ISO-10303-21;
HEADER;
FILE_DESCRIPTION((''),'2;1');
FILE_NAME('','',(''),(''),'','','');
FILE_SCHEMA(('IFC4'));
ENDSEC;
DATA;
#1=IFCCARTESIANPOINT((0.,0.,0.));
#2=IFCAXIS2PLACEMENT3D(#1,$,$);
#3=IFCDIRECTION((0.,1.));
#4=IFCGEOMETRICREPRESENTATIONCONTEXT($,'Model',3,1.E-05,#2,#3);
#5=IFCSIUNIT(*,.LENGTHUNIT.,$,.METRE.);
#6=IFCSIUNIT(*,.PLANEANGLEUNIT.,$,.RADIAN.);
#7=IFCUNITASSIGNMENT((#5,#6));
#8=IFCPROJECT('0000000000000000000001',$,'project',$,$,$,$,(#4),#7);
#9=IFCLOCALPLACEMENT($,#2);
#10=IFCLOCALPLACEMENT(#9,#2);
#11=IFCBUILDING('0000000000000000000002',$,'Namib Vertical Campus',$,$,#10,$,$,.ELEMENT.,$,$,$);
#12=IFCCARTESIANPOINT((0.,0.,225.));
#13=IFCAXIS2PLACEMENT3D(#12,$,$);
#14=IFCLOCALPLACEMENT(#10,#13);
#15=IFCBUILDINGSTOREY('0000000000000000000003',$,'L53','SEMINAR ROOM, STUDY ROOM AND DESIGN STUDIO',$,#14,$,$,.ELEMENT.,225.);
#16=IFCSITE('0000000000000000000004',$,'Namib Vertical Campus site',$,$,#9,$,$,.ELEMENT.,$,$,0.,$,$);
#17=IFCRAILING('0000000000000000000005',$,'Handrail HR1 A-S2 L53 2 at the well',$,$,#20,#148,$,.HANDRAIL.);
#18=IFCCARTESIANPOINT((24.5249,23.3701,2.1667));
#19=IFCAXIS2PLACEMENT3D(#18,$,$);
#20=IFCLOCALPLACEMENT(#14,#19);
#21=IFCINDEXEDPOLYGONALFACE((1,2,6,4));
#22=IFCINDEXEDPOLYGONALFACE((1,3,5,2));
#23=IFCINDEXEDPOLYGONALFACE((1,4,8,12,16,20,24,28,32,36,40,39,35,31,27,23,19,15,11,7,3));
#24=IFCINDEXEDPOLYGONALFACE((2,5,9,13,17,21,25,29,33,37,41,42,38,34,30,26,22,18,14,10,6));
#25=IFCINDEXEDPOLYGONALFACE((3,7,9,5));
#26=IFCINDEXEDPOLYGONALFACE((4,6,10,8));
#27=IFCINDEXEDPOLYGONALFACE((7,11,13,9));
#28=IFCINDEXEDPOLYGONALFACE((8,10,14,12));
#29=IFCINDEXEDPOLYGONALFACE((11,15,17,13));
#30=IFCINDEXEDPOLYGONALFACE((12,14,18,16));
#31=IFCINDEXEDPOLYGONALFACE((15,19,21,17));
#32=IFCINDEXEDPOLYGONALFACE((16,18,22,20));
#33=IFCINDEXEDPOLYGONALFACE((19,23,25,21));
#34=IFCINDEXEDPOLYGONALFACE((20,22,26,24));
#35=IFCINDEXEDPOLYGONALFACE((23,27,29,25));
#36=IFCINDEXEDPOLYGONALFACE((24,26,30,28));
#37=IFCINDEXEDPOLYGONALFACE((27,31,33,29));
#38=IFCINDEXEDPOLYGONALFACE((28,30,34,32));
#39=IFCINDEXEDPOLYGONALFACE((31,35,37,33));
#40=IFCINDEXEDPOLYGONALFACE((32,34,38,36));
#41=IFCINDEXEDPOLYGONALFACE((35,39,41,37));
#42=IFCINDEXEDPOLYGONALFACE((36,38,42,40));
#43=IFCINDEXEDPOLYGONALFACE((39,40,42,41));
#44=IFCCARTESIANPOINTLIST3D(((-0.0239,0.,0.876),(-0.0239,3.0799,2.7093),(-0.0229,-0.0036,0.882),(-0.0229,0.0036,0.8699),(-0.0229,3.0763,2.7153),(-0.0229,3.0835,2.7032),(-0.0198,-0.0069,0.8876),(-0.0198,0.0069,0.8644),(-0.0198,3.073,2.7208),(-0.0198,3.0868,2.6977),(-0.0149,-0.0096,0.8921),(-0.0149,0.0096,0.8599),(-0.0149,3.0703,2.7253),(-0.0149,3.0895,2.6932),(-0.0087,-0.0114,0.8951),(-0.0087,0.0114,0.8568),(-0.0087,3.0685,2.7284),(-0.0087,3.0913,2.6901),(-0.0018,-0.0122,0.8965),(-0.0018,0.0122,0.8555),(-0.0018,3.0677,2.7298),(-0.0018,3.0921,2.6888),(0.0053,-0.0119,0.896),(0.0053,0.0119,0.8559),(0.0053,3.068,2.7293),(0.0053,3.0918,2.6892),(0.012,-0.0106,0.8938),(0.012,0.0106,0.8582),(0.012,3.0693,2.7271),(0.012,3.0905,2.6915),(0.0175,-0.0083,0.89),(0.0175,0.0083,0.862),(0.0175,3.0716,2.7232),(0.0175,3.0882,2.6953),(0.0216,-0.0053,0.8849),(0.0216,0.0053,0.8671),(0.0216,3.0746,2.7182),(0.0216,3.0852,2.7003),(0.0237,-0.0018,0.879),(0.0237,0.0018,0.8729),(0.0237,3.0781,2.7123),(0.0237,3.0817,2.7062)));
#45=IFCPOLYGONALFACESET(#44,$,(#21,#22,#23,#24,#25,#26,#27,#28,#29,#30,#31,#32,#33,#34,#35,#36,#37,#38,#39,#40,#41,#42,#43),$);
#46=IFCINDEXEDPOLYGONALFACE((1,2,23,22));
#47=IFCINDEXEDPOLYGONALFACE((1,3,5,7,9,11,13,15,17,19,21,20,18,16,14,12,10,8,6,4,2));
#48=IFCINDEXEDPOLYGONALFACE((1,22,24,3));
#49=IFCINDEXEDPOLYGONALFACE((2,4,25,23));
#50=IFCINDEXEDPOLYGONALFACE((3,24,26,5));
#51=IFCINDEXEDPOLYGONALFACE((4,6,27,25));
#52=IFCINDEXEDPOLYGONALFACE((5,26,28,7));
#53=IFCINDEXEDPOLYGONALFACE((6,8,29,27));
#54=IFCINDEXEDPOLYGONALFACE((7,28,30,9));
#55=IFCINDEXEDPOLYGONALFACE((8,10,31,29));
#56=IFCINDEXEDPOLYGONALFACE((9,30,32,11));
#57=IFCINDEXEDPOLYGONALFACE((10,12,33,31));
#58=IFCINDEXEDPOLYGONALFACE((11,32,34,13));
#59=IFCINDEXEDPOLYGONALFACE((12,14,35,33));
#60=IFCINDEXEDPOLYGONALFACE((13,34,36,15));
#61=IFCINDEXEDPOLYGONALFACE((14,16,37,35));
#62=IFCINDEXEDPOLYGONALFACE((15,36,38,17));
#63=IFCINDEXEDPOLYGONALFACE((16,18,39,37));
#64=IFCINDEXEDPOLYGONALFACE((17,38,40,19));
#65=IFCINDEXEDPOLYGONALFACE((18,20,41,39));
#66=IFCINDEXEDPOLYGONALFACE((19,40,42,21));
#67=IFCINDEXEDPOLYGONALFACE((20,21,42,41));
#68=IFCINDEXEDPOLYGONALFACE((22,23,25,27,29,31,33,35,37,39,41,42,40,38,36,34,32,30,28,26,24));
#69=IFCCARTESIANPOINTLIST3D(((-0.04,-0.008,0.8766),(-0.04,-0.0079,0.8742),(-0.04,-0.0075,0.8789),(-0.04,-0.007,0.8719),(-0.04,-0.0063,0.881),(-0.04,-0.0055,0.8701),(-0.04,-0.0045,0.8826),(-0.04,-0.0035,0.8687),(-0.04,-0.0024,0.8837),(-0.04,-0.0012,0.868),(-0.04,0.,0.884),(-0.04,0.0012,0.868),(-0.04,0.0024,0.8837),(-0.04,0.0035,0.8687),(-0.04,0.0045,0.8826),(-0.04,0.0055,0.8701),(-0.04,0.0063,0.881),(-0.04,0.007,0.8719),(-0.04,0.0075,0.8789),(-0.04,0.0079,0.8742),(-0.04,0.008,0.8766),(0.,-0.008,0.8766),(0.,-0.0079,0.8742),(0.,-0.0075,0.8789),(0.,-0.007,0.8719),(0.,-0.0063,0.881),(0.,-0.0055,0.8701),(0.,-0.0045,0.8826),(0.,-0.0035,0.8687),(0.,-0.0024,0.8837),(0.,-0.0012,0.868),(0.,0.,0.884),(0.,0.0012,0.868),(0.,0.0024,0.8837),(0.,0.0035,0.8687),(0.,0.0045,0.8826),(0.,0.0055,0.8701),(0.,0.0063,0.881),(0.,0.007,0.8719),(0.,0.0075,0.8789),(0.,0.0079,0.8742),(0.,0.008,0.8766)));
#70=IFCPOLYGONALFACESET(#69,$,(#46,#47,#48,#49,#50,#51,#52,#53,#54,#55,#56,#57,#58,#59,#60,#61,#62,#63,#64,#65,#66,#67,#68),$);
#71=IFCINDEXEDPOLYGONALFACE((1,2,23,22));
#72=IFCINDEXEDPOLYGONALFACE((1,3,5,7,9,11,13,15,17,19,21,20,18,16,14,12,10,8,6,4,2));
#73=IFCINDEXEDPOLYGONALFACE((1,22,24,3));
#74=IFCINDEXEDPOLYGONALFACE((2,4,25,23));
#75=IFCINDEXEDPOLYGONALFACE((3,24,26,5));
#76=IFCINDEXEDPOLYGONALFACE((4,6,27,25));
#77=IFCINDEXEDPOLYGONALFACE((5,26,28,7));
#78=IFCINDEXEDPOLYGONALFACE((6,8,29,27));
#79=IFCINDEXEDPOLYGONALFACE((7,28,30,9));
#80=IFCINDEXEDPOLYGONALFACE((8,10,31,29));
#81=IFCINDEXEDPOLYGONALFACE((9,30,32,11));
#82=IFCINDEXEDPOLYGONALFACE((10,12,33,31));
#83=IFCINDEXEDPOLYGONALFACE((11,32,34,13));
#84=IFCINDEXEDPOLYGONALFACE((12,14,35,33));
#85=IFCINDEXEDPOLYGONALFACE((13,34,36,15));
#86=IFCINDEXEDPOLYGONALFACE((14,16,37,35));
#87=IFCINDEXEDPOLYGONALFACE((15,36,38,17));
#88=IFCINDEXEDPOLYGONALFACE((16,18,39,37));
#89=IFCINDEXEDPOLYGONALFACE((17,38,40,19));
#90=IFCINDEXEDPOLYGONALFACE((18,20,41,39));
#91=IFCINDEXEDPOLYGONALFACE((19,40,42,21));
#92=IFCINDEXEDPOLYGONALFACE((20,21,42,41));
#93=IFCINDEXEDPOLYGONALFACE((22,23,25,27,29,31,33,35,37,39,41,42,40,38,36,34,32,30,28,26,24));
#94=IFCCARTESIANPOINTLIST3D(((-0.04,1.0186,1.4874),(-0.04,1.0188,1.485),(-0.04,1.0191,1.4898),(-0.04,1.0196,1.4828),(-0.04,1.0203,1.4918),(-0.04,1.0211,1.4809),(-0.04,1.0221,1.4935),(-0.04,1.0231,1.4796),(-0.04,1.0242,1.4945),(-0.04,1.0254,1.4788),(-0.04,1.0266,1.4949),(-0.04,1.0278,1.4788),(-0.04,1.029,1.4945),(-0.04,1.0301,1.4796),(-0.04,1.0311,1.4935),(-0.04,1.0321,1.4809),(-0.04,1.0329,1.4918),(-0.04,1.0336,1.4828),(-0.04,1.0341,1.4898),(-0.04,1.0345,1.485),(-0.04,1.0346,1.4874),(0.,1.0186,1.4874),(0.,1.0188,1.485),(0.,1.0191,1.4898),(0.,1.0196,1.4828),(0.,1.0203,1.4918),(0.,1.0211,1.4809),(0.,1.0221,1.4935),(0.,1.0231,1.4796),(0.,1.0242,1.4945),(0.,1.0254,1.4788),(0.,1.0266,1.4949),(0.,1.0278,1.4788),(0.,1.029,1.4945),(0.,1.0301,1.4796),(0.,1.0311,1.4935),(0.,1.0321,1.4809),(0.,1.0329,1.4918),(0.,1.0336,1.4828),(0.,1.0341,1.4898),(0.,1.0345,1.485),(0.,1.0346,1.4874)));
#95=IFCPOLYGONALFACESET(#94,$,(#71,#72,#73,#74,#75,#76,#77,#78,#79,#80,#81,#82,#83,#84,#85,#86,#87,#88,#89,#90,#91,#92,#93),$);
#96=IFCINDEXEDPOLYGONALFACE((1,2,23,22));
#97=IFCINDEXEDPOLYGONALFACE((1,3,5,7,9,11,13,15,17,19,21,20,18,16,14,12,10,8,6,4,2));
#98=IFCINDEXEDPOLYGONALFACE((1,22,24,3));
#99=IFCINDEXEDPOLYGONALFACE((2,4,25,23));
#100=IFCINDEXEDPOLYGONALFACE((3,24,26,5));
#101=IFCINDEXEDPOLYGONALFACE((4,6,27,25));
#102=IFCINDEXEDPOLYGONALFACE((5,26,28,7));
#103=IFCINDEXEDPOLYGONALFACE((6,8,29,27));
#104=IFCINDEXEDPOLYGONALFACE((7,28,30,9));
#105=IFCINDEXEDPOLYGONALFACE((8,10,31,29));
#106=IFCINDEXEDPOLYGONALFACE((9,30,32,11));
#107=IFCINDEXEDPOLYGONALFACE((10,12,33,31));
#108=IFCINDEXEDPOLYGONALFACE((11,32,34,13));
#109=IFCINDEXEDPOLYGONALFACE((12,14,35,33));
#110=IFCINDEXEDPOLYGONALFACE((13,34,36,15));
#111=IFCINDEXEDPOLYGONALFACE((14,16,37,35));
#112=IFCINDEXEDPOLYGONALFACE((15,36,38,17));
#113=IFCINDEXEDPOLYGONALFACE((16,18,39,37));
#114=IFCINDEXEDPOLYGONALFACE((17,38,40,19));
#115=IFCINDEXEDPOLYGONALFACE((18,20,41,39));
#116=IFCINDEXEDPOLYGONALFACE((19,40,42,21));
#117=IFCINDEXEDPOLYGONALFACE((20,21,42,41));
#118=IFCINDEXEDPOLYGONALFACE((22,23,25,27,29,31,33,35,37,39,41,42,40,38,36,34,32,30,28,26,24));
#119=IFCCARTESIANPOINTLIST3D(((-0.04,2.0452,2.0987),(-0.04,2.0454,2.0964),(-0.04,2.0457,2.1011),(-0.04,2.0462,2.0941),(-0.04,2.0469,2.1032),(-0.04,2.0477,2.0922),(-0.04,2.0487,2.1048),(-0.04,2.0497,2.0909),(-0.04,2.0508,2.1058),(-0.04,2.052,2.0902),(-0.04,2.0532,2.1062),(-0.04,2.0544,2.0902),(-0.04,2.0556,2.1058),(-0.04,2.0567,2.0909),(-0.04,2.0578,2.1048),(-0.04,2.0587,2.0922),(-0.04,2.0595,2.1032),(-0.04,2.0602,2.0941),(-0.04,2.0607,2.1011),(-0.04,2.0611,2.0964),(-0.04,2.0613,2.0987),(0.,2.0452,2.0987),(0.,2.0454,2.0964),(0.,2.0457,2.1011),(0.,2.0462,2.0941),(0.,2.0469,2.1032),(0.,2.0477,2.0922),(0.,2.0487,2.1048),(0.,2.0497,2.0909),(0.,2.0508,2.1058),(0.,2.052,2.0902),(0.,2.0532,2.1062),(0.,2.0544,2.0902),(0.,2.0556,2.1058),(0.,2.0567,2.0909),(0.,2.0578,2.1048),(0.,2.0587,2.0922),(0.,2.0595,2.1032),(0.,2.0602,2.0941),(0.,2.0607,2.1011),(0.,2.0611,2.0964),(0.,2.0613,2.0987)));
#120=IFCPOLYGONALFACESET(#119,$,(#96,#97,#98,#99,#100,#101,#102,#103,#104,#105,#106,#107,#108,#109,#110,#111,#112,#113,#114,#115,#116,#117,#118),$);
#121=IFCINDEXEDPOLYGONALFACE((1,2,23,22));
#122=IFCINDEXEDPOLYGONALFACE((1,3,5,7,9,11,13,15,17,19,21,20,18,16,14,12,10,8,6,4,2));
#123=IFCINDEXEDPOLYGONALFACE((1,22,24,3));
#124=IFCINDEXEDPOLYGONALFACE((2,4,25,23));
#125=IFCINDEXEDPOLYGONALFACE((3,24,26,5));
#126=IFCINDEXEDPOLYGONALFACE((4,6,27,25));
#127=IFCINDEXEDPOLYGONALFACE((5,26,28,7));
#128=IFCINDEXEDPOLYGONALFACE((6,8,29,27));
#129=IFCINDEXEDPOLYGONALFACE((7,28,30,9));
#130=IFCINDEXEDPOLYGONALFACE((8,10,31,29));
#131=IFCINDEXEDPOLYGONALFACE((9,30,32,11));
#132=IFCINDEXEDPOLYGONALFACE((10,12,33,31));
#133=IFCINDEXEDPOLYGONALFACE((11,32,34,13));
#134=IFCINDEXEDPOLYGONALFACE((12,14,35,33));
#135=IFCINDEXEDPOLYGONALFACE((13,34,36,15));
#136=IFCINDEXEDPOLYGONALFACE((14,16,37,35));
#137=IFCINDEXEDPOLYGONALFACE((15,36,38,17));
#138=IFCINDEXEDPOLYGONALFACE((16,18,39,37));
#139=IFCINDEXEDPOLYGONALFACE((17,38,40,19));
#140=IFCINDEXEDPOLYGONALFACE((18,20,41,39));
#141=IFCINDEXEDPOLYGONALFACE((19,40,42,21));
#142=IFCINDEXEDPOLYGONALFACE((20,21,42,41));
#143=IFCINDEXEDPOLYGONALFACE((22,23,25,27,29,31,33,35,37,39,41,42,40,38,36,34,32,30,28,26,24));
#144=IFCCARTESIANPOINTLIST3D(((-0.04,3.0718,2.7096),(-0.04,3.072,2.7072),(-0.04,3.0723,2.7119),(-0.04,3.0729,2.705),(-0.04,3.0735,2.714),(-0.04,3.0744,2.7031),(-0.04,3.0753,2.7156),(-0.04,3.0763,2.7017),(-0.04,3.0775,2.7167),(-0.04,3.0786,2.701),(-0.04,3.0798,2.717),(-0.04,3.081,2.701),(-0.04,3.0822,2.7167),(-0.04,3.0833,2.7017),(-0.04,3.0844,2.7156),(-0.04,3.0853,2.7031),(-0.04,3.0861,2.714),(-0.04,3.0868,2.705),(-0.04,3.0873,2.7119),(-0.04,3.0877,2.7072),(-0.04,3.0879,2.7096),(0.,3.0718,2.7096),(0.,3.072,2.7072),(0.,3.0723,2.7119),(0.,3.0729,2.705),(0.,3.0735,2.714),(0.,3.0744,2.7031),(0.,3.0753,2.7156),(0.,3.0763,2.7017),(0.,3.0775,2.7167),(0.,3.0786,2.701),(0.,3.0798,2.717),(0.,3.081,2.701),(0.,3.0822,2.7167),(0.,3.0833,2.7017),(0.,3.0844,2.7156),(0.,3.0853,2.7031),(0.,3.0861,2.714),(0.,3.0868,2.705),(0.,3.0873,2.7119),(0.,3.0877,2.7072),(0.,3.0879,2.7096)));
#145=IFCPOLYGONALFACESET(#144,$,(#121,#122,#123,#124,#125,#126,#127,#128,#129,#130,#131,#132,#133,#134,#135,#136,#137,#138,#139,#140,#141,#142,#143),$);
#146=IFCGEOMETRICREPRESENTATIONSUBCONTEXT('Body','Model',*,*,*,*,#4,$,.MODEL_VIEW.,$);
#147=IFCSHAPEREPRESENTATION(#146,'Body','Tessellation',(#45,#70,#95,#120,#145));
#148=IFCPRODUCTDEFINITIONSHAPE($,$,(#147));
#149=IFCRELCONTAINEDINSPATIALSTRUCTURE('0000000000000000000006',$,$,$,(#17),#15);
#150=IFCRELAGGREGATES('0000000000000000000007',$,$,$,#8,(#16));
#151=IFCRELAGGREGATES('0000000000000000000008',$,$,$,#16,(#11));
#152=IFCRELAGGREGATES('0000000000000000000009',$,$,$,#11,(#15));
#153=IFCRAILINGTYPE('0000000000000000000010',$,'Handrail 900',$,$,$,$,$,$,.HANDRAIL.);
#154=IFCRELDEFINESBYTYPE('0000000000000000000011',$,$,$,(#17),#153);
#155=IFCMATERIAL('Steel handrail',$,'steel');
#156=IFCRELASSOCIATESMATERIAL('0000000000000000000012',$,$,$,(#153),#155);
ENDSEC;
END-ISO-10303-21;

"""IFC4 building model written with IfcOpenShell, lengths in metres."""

from ifc_helpers import new_model, si_unit, direction, frame, origin, origin_2d, place, context, subcontext, project, spatial, circle, extrude, material, type_object, element, save


model = new_model("IFC4")

# Units and contexts
model_context = context("Model", 3, precision=1e-05, world=origin(), true_north=direction((0.0, 1.0)))
body_context = subcontext(model_context, "Body", "Model", "MODEL_VIEW")
ifc_project = project(units=[si_unit("LENGTHUNIT", "METRE"), si_unit("PLANEANGLEUNIT", "RADIAN")], contexts=[model_context])

# Site, building, storey
site_placement = place(None, origin())
site = spatial("IfcSite", under=ifc_project, at=site_placement, Name="Namib Vertical Campus site", CompositionType="ELEMENT", RefElevation=0.0)
building_placement = place(site_placement, origin())
building = spatial("IfcBuilding", under=site, at=building_placement, Name="Namib Vertical Campus", CompositionType="ELEMENT")
storey_placement = place(building_placement, frame((0.0, 0.0, 225.0)))
storey = spatial("IfcBuildingStorey", under=building, at=storey_placement, Name="L53", Description="SEMINAR ROOM, STUDY ROOM AND DESIGN STUDIO", CompositionType="ELEMENT", Elevation=225.0)

# Railing
ifc_material_1 = material(Name="Steel handrail", Category="steel")
railing_type_1 = type_object("IfcRailingType", Name="Handrail 900", PredefinedType="HANDRAIL", material=ifc_material_1)
railing_1_placement = place(storey_placement, frame((24.5249, 23.3701, 2.1667)))
element("IfcRailing", 1, at=railing_1_placement, inside=storey, type_object=railing_type_1, Name="Handrail HR1 A-S2 L53 2 at the well", PredefinedType="HANDRAIL", context=body_context, shape_type="SweptSolid", body=[
    extrude(circle(Radius=0.0239, at=origin_2d()), frame((0.0, 0.0, 0.876), z_axis=(0.0, 0.859291, 0.511487), x_axis=(-1.0, 0.0, 0.0)), (0.0, 0.0, 1.0), 3.5842),
    extrude(circle(Radius=0.0081, at=origin_2d()), frame((0.0, 0.0, 0.876), z_axis=(-1.0, 0.0, 0.0), x_axis=(0.0, 0.0, 1.0)), (0.0, 0.0, 1.0), 0.04),
    extrude(circle(Radius=0.0081, at=origin_2d()), frame((0.0, 1.0266, 1.4868), z_axis=(-1.0, 0.0, 0.0), x_axis=(0.0, 0.0, 1.0)), (0.0, 0.0, 1.0), 0.04),
    extrude(circle(Radius=0.0081, at=origin_2d()), frame((0.0, 2.0532, 2.0981), z_axis=(-1.0, 0.0, 0.0), x_axis=(0.0, 0.0, 1.0)), (0.0, 0.0, 1.0), 0.04),
    extrude(circle(Radius=0.0081, at=origin_2d()), frame((0.0, 3.0798, 2.709), z_axis=(-1.0, 0.0, 0.0), x_axis=(0.0, 0.0, 1.0)), (0.0, 0.0, 1.0), 0.04),
])

save(model, "model.ifc")
